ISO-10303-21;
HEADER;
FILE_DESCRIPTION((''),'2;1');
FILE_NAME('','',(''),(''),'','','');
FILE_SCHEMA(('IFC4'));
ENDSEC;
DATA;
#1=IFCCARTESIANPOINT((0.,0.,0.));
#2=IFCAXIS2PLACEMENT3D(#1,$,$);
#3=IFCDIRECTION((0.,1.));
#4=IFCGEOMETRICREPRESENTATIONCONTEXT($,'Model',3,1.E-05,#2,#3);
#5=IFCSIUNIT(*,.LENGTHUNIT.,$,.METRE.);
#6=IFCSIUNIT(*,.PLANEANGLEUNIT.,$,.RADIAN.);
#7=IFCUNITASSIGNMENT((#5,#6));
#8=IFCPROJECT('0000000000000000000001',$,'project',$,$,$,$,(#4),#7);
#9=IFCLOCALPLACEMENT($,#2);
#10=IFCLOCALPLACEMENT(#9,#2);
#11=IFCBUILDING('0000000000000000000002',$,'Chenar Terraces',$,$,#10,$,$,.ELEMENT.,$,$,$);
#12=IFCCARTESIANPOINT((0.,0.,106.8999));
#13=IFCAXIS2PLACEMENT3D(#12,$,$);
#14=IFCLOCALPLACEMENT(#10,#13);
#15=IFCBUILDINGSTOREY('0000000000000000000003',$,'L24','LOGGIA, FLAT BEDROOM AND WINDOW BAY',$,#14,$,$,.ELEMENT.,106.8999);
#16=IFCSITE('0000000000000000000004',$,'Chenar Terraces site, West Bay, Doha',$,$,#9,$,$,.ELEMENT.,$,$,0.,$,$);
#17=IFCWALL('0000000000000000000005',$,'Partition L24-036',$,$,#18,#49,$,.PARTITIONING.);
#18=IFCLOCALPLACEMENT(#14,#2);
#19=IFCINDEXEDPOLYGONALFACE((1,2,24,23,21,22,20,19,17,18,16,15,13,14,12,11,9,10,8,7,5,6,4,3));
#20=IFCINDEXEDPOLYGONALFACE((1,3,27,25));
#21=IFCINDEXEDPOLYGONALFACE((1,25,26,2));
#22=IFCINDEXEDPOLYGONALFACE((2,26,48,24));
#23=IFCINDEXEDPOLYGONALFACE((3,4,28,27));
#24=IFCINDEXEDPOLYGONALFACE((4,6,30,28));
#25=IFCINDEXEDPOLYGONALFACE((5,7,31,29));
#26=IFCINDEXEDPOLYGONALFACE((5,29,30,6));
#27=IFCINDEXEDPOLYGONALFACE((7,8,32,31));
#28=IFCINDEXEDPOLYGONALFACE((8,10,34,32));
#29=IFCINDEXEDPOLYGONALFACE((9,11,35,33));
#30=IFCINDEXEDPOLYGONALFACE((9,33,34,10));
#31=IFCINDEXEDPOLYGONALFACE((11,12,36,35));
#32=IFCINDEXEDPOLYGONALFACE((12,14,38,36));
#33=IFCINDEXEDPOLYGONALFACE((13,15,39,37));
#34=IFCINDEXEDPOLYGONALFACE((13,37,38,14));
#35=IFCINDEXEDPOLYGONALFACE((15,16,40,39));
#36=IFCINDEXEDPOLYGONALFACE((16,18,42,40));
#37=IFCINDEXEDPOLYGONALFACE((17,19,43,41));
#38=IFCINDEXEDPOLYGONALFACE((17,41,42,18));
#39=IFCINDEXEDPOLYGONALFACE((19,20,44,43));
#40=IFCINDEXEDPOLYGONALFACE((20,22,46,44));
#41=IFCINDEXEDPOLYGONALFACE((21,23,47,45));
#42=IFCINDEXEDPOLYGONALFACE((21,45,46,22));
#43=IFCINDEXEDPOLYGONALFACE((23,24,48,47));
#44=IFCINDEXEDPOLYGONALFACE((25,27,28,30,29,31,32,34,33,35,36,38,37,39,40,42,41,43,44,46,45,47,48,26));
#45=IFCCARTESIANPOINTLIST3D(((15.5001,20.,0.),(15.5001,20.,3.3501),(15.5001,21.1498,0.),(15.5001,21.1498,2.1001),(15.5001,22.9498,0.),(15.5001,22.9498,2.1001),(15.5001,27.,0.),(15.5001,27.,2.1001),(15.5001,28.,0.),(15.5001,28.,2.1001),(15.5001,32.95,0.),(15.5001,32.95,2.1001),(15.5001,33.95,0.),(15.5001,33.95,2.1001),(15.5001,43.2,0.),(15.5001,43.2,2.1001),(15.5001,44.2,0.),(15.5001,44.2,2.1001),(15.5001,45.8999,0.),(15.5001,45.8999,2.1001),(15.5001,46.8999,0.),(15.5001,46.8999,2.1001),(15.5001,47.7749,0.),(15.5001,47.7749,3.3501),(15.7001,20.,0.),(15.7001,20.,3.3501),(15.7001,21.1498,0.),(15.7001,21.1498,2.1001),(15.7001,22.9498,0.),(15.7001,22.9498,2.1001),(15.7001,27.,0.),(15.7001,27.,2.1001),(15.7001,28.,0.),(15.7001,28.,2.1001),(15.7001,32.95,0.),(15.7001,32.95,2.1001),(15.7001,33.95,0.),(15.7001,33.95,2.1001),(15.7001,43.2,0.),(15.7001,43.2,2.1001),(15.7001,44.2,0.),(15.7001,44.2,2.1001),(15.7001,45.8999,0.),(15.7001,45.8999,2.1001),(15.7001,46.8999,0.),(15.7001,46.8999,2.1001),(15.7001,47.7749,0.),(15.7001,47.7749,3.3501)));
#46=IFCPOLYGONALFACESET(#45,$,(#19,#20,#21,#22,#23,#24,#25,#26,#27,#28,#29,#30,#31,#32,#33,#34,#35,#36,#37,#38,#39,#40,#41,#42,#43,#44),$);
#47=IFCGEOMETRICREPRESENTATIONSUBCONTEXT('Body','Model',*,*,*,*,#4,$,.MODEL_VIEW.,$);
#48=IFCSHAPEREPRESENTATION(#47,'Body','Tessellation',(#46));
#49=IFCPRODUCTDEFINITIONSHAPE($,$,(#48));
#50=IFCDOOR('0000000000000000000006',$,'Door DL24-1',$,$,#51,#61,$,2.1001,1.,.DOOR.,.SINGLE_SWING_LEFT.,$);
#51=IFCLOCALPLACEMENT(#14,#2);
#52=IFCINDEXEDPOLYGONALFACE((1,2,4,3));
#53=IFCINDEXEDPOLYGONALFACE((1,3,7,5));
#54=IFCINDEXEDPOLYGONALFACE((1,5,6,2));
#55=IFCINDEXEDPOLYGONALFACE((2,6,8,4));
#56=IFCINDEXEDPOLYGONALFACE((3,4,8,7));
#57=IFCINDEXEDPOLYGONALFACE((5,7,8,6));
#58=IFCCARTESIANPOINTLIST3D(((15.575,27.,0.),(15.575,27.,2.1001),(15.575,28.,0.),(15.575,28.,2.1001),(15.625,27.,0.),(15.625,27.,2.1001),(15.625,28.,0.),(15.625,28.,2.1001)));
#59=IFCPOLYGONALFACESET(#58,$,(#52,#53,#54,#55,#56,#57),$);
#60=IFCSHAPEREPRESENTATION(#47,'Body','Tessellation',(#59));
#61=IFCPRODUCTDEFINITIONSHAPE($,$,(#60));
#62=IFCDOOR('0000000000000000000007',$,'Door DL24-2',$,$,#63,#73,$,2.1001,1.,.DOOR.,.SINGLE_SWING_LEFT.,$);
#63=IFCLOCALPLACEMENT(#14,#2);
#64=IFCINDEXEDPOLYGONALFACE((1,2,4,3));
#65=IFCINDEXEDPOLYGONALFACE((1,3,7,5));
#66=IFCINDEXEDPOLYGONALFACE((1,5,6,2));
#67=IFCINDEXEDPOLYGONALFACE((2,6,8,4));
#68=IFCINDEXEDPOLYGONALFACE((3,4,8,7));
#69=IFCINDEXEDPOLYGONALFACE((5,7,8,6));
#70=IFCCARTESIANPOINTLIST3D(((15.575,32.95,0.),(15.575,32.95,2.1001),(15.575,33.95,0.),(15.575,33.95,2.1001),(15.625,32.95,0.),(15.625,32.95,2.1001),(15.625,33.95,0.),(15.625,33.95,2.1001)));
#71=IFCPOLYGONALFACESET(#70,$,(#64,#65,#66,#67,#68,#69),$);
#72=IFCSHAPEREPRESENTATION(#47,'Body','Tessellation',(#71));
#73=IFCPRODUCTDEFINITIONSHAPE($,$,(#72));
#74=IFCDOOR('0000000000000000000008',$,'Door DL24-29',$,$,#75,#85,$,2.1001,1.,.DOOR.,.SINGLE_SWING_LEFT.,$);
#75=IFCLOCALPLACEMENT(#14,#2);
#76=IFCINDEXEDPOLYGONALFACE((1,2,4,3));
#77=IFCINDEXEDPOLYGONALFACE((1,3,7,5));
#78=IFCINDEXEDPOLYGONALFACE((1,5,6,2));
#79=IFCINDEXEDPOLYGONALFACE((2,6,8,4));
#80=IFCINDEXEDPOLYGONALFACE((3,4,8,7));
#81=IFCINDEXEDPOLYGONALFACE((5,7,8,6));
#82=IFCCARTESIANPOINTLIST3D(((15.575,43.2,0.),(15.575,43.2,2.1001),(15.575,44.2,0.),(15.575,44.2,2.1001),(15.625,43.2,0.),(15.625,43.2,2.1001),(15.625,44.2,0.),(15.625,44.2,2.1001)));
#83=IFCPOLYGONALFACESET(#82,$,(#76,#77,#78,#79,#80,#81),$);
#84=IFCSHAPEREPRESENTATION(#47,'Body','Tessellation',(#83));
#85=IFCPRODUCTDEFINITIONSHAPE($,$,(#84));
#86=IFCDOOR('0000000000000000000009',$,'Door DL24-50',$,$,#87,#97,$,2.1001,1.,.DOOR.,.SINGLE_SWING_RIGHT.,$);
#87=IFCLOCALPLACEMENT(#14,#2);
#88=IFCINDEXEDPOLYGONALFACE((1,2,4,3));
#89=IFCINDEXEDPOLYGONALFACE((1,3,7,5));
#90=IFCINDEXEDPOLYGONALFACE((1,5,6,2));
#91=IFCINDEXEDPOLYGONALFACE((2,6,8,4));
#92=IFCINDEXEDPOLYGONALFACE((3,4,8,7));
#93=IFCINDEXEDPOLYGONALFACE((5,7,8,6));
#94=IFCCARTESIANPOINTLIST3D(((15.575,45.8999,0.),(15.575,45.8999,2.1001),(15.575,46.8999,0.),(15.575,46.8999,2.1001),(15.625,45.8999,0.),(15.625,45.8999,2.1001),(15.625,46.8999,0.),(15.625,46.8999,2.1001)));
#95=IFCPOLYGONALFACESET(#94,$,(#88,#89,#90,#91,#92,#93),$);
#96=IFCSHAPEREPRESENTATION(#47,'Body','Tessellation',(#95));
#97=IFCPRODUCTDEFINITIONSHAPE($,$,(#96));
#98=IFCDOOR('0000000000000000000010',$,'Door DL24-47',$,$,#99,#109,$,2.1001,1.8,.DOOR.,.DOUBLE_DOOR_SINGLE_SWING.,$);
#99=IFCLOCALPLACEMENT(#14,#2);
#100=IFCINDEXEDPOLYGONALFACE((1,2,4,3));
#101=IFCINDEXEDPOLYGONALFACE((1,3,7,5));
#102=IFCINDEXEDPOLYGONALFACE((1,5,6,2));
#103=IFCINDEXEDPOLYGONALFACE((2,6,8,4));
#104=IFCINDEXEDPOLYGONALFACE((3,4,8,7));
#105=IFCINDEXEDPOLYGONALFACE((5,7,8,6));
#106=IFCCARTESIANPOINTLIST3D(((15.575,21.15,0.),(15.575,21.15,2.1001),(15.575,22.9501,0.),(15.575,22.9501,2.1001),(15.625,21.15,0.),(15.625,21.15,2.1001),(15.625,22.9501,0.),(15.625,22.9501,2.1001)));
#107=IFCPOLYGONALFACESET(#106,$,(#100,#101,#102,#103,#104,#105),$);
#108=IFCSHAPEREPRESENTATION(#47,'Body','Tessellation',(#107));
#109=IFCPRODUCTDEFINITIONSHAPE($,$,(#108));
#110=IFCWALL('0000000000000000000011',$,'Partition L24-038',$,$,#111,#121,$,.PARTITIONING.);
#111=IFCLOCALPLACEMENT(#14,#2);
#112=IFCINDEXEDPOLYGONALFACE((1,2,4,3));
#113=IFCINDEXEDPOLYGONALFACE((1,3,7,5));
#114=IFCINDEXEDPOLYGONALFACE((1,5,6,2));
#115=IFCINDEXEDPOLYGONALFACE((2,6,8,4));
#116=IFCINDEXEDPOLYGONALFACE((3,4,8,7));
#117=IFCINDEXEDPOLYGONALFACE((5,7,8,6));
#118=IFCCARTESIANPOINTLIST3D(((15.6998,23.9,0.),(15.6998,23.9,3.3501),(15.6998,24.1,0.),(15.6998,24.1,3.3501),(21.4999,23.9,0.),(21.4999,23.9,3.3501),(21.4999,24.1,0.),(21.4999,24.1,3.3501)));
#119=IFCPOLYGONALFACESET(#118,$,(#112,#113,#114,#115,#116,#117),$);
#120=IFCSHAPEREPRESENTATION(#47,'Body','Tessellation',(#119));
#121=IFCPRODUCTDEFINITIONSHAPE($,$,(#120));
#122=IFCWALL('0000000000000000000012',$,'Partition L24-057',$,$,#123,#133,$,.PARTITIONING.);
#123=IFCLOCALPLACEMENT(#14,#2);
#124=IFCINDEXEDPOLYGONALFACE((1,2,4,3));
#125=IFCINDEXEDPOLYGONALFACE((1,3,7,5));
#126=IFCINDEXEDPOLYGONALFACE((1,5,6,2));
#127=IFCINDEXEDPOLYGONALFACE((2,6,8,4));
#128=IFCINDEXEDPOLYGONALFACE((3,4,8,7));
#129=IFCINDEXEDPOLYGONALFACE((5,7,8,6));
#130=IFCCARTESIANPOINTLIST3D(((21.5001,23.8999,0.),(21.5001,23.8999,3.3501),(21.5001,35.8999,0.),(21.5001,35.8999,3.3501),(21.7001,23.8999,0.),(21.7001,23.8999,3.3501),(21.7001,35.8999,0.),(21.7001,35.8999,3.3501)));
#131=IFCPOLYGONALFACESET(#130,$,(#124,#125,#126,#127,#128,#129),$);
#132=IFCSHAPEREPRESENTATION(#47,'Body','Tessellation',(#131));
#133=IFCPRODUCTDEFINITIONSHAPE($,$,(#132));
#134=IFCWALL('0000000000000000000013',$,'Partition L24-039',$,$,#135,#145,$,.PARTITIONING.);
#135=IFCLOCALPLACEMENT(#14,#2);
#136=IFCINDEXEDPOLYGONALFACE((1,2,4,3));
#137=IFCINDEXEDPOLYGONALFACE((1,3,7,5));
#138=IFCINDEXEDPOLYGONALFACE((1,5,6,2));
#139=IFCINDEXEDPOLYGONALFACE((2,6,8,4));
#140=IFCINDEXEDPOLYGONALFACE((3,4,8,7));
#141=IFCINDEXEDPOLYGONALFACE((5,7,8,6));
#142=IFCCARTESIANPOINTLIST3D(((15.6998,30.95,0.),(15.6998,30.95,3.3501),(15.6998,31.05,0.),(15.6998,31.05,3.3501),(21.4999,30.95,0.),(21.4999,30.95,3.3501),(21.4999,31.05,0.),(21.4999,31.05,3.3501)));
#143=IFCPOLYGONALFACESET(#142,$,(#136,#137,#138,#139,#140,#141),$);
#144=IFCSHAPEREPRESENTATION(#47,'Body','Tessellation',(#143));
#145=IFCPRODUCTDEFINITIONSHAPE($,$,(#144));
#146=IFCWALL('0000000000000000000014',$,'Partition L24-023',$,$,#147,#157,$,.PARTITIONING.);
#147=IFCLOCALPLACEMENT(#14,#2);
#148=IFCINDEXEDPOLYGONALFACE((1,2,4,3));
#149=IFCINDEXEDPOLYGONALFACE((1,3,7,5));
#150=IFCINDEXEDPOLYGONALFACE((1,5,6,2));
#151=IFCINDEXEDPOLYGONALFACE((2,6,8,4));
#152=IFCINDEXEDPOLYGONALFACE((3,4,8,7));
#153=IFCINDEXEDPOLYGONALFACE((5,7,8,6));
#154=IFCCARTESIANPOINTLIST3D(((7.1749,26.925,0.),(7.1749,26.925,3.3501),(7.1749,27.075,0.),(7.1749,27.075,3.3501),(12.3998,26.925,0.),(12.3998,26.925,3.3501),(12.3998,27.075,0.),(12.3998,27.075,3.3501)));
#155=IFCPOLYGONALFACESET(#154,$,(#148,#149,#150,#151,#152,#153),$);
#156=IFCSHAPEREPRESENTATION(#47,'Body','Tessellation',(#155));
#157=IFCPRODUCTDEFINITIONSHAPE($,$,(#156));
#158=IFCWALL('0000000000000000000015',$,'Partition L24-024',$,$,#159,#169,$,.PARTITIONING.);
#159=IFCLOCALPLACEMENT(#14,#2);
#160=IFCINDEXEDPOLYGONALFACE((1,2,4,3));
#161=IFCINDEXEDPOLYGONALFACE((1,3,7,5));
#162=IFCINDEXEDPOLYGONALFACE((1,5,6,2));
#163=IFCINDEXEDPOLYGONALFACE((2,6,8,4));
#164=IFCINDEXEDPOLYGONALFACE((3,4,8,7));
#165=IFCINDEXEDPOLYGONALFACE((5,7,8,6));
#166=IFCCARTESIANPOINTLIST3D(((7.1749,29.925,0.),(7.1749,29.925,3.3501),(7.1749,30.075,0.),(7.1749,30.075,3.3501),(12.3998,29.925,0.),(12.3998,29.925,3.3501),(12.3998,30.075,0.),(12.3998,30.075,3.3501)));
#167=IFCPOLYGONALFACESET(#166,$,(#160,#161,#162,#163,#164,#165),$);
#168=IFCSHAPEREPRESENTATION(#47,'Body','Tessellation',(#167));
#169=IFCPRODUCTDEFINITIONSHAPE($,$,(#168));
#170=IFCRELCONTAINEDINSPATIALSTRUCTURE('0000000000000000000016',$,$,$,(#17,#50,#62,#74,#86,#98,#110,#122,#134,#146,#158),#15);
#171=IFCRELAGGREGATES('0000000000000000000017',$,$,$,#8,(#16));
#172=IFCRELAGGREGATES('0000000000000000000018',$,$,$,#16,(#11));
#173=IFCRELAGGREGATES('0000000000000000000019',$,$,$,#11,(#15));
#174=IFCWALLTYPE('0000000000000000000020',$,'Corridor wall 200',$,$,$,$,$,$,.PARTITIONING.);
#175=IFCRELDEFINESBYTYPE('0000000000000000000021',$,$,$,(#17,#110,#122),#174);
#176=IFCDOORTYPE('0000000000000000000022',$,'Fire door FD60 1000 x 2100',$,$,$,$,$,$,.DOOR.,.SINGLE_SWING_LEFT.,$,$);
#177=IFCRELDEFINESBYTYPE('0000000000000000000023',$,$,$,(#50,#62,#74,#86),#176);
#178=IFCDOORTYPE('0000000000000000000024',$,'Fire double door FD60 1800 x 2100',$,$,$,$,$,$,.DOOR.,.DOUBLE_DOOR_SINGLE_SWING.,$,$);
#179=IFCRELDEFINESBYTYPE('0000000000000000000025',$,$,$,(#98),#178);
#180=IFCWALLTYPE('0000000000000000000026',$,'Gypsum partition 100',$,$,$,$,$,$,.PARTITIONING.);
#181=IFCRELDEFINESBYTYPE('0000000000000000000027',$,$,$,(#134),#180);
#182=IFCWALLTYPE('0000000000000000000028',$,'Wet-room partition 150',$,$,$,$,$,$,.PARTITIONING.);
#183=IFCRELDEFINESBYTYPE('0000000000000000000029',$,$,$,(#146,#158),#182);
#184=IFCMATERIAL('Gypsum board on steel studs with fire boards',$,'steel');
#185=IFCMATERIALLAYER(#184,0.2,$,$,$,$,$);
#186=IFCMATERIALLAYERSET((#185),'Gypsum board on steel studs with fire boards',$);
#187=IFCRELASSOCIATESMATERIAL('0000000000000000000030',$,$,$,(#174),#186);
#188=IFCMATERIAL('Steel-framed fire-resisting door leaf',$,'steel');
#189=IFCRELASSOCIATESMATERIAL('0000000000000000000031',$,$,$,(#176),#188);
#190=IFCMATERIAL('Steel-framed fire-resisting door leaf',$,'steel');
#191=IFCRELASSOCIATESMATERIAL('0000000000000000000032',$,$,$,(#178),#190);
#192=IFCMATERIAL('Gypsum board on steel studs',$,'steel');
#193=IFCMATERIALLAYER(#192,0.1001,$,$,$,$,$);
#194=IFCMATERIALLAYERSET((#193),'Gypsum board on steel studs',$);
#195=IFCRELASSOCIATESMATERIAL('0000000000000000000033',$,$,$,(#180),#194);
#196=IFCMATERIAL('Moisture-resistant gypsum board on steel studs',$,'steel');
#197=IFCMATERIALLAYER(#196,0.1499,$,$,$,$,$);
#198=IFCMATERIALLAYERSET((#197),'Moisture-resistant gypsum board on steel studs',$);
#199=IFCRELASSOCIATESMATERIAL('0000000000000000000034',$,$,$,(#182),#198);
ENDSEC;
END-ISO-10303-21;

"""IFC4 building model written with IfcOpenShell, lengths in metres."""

from ifc_helpers import new_model, si_unit, direction, frame, frame_2d, origin, place, context, subcontext, project, spatial, rectangle, extrude, material, layer, layer_set, type_object, element, fill, save


model = new_model("IFC4")

# Units and contexts
model_context = context("Model", 3, precision=1e-05, world=origin(), true_north=direction((0.0, 1.0)))
body_context = subcontext(model_context, "Body", "Model", "MODEL_VIEW")
ifc_project = project(units=[si_unit("LENGTHUNIT", "METRE"), si_unit("PLANEANGLEUNIT", "RADIAN")], contexts=[model_context])

# Site, building, storey
site_placement = place(None, origin())
site = spatial("IfcSite", under=ifc_project, at=site_placement, Name="Chenar Terraces site, West Bay, Doha", CompositionType="ELEMENT", RefElevation=0.0)
building_placement = place(site_placement, origin())
building = spatial("IfcBuilding", under=site, at=building_placement, Name="Chenar Terraces", CompositionType="ELEMENT")
storey_placement = place(building_placement, frame((0.0, 0.0, 106.8999)))
storey = spatial("IfcBuildingStorey", under=building, at=storey_placement, Name="L24", Description="LOGGIA, FLAT BEDROOM AND WINDOW BAY", CompositionType="ELEMENT", Elevation=106.8999)

# Wall, openings, doors
ifc_material_1 = material(Name="Gypsum board on steel studs with fire boards", Category="steel")
ifc_layer_1 = layer(ifc_material_1, 0.2)
ifc_layer_set_1 = layer_set([ifc_layer_1], Name="Gypsum board on steel studs with fire boards")
wall_type_1 = type_object("IfcWallType", Name="Corridor wall 200", PredefinedType="PARTITIONING", material=ifc_layer_set_1)
wall_1_placement = place(storey_placement, frame((15.6001, 20.0, 0.0), z_axis=(0.0, 0.0, 1.0), x_axis=(0.0, 1.0, 0.0)))
wall_1 = element("IfcWall", 1, at=wall_1_placement, inside=storey, type_object=wall_type_1, Name="Partition L24-036", PredefinedType="PARTITIONING", context=body_context, shape_type="SweptSolid", body=[
    extrude(rectangle(XDim=27.7749, YDim=0.2, at=frame_2d((13.8875, 0.0))), origin(), (0.0, 0.0, 1.0), 3.3501),
])
opening_1_placement = place(wall_1_placement, frame((7.0, 0.0, 0.0)))
opening_1 = element("IfcOpeningElement", 2, at=opening_1_placement, cuts=wall_1, PredefinedType="OPENING", context=body_context, shape_type="SweptSolid", body=[
    extrude(rectangle(XDim=1.0, YDim=2.1001, at=frame_2d((0.5, 1.05))), frame((0.0, 0.1099, 0.0), z_axis=(0.0, -1.0, 0.0), x_axis=(1.0, 0.0, 0.0)), (0.0, 0.0, 1.0), 0.22),
])
opening_2_placement = place(wall_1_placement, frame((12.95, 0.0, 0.0)))
opening_2 = element("IfcOpeningElement", 3, at=opening_2_placement, cuts=wall_1, PredefinedType="OPENING", context=body_context, shape_type="SweptSolid", body=[
    extrude(rectangle(XDim=1.0, YDim=2.1001, at=frame_2d((0.5, 1.05))), frame((0.0, 0.1099, 0.0), z_axis=(0.0, -1.0, 0.0), x_axis=(1.0, 0.0, 0.0)), (0.0, 0.0, 1.0), 0.22),
])
opening_3_placement = place(wall_1_placement, frame((23.2, 0.0, 0.0)))
opening_3 = element("IfcOpeningElement", 4, at=opening_3_placement, cuts=wall_1, PredefinedType="OPENING", context=body_context, shape_type="SweptSolid", body=[
    extrude(rectangle(XDim=1.0, YDim=2.1001, at=frame_2d((0.5, 1.05))), frame((0.0, 0.1099, 0.0), z_axis=(0.0, -1.0, 0.0), x_axis=(1.0, 0.0, 0.0)), (0.0, 0.0, 1.0), 0.22),
])
opening_4_placement = place(wall_1_placement, frame((1.1499, 0.0, 0.0)))
opening_4 = element("IfcOpeningElement", 5, at=opening_4_placement, cuts=wall_1, PredefinedType="OPENING", context=body_context, shape_type="SweptSolid", body=[
    extrude(rectangle(XDim=1.8, YDim=2.1001, at=frame_2d((0.8999, 1.05))), frame((0.0, 0.1099, 0.0), z_axis=(0.0, -1.0, 0.0), x_axis=(1.0, 0.0, 0.0)), (0.0, 0.0, 1.0), 0.22),
])
opening_5_placement = place(wall_1_placement, frame((25.8999, 0.0, 0.0)))
opening_5 = element("IfcOpeningElement", 6, at=opening_5_placement, cuts=wall_1, PredefinedType="OPENING", context=body_context, shape_type="SweptSolid", body=[
    extrude(rectangle(XDim=1.0, YDim=2.1001, at=frame_2d((0.5, 1.05))), frame((0.0, 0.1099, 0.0), z_axis=(0.0, -1.0, 0.0), x_axis=(1.0, 0.0, 0.0)), (0.0, 0.0, 1.0), 0.22),
])
ifc_material_2 = material(Name="Steel-framed fire-resisting door leaf", Category="steel")
door_type_1 = type_object("IfcDoorType", Name="Fire door FD60 1000 x 2100", OperationType="SINGLE_SWING_LEFT", PredefinedType="DOOR", material=ifc_material_2)
door_1_placement = place(opening_1_placement, frame((1.0, 0.0, 0.0), z_axis=(0.0, 0.0, 1.0), x_axis=(-1.0, 0.0, 0.0)))
door_1 = element("IfcDoor", 7, at=door_1_placement, inside=storey, type_object=door_type_1, Name="Door DL24-1", OperationType="SINGLE_SWING_LEFT", OverallHeight=2.1001, OverallWidth=1.0, PredefinedType="DOOR", context=body_context, shape_type="SweptSolid", body=[
    extrude(rectangle(XDim=1.0, YDim=2.1001, at=frame_2d((0.5, 1.05))), frame((0.0, 0.0249, 0.0), z_axis=(0.0, -1.0, 0.0), x_axis=(1.0, 0.0, 0.0)), (0.0, 0.0, 1.0), 0.05),
])
fill(opening_1, door_1)
door_2_placement = place(opening_2_placement, frame((1.0, 0.0, 0.0), z_axis=(0.0, 0.0, 1.0), x_axis=(-1.0, 0.0, 0.0)))
door_2 = element("IfcDoor", 8, at=door_2_placement, inside=storey, type_object=door_type_1, Name="Door DL24-2", OperationType="SINGLE_SWING_LEFT", OverallHeight=2.1001, OverallWidth=1.0, PredefinedType="DOOR", context=body_context, shape_type="SweptSolid", body=[
    extrude(rectangle(XDim=1.0, YDim=2.1001, at=frame_2d((0.5, 1.05))), frame((0.0, 0.0249, 0.0), z_axis=(0.0, -1.0, 0.0), x_axis=(1.0, 0.0, 0.0)), (0.0, 0.0, 1.0), 0.05),
])
fill(opening_2, door_2)
door_3_placement = place(opening_3_placement, frame((1.0, 0.0, 0.0), z_axis=(0.0, 0.0, 1.0), x_axis=(-1.0, 0.0, 0.0)))
door_3 = element("IfcDoor", 9, at=door_3_placement, inside=storey, type_object=door_type_1, Name="Door DL24-29", OperationType="SINGLE_SWING_LEFT", OverallHeight=2.1001, OverallWidth=1.0, PredefinedType="DOOR", context=body_context, shape_type="SweptSolid", body=[
    extrude(rectangle(XDim=1.0, YDim=2.1001, at=frame_2d((0.5, 1.05))), frame((0.0, 0.0249, 0.0), z_axis=(0.0, -1.0, 0.0), x_axis=(1.0, 0.0, 0.0)), (0.0, 0.0, 1.0), 0.05),
])
fill(opening_3, door_3)
door_4_placement = place(opening_5_placement, frame((1.0, 0.0, 0.0), z_axis=(0.0, 0.0, 1.0), x_axis=(-1.0, 0.0, 0.0)))
door_4 = element("IfcDoor", 10, at=door_4_placement, inside=storey, type_object=door_type_1, Name="Door DL24-50", OperationType="SINGLE_SWING_RIGHT", OverallHeight=2.1001, OverallWidth=1.0, PredefinedType="DOOR", context=body_context, shape_type="SweptSolid", body=[
    extrude(rectangle(XDim=1.0, YDim=2.1001, at=frame_2d((0.5, 1.05))), frame((0.0, 0.0249, 0.0), z_axis=(0.0, -1.0, 0.0), x_axis=(1.0, 0.0, 0.0)), (0.0, 0.0, 1.0), 0.05),
])
fill(opening_5, door_4)
ifc_material_3 = material(Name="Steel-framed fire-resisting door leaf", Category="steel")
door_type_2 = type_object("IfcDoorType", Name="Fire double door FD60 1800 x 2100", OperationType="DOUBLE_DOOR_SINGLE_SWING", PredefinedType="DOOR", material=ifc_material_3)
door_5_placement = place(opening_4_placement, frame((1.8, 0.0, 0.0), z_axis=(0.0, 0.0, 1.0), x_axis=(-1.0, 0.0, 0.0)))
door_5 = element("IfcDoor", 11, at=door_5_placement, inside=storey, type_object=door_type_2, Name="Door DL24-47", OperationType="DOUBLE_DOOR_SINGLE_SWING", OverallHeight=2.1001, OverallWidth=1.8, PredefinedType="DOOR", context=body_context, shape_type="SweptSolid", body=[
    extrude(rectangle(XDim=1.8, YDim=2.1001, at=frame_2d((0.8999, 1.05))), frame((0.0, 0.0249, 0.0), z_axis=(0.0, -1.0, 0.0), x_axis=(1.0, 0.0, 0.0)), (0.0, 0.0, 1.0), 0.05),
])
fill(opening_4, door_5)

# Walls
wall_2_placement = place(storey_placement, frame((15.7, 24.0, 0.0), z_axis=(0.0, 0.0, 1.0), x_axis=(1.0, 0.0, 0.0)))
element("IfcWall", 12, at=wall_2_placement, inside=storey, type_object=wall_type_1, Name="Partition L24-038", PredefinedType="PARTITIONING", context=body_context, shape_type="SweptSolid", body=[
    extrude(rectangle(XDim=5.8, YDim=0.2, at=frame_2d((2.8999, 0.0))), origin(), (0.0, 0.0, 1.0), 3.3501),
])
wall_3_placement = place(storey_placement, frame((21.6001, 23.8999, 0.0), z_axis=(0.0, 0.0, 1.0), x_axis=(0.0, 1.0, 0.0)))
element("IfcWall", 13, at=wall_3_placement, inside=storey, type_object=wall_type_1, Name="Partition L24-057", PredefinedType="PARTITIONING", context=body_context, shape_type="SweptSolid", body=[
    extrude(rectangle(XDim=12.0, YDim=0.2, at=frame_2d((6.0, 0.0))), origin(), (0.0, 0.0, 1.0), 3.3501),
])
ifc_material_4 = material(Name="Gypsum board on steel studs", Category="steel")
ifc_layer_2 = layer(ifc_material_4, 0.1001)
ifc_layer_set_2 = layer_set([ifc_layer_2], Name="Gypsum board on steel studs")
wall_type_2 = type_object("IfcWallType", Name="Gypsum partition 100", PredefinedType="PARTITIONING", material=ifc_layer_set_2)
wall_4_placement = place(storey_placement, frame((15.7, 31.0, 0.0), z_axis=(0.0, 0.0, 1.0), x_axis=(1.0, 0.0, 0.0)))
element("IfcWall", 14, at=wall_4_placement, inside=storey, type_object=wall_type_2, Name="Partition L24-039", PredefinedType="PARTITIONING", context=body_context, shape_type="SweptSolid", body=[
    extrude(rectangle(XDim=5.8, YDim=0.1001, at=frame_2d((2.8999, 0.0))), origin(), (0.0, 0.0, 1.0), 3.3501),
])
ifc_material_5 = material(Name="Moisture-resistant gypsum board on steel studs", Category="steel")
ifc_layer_3 = layer(ifc_material_5, 0.1499)
ifc_layer_set_3 = layer_set([ifc_layer_3], Name="Moisture-resistant gypsum board on steel studs")
wall_type_3 = type_object("IfcWallType", Name="Wet-room partition 150", PredefinedType="PARTITIONING", material=ifc_layer_set_3)
for number, where, z_axis, x_axis, name in (
    (15, (7.175, 27.0, 0.0), (0.0, 0.0, 1.0), (1.0, 0.0, 0.0), "Partition L24-023"),
    (16, (7.175, 30.0, 0.0), (0.0, 0.0, 1.0), (1.0, 0.0, 0.0), "Partition L24-024"),
):
    element("IfcWall", number, at=place(storey_placement, frame(where, z_axis=z_axis, x_axis=x_axis)), inside=storey, type_object=wall_type_3, Name=name, PredefinedType="PARTITIONING", context=body_context, shape_type="SweptSolid", body=[
        extrude(rectangle(XDim=5.2249, YDim=0.1499, at=frame_2d((2.6123, 0.0))), origin(), (0.0, 0.0, 1.0), 3.3501),
    ])

save(model, "model.ifc")
